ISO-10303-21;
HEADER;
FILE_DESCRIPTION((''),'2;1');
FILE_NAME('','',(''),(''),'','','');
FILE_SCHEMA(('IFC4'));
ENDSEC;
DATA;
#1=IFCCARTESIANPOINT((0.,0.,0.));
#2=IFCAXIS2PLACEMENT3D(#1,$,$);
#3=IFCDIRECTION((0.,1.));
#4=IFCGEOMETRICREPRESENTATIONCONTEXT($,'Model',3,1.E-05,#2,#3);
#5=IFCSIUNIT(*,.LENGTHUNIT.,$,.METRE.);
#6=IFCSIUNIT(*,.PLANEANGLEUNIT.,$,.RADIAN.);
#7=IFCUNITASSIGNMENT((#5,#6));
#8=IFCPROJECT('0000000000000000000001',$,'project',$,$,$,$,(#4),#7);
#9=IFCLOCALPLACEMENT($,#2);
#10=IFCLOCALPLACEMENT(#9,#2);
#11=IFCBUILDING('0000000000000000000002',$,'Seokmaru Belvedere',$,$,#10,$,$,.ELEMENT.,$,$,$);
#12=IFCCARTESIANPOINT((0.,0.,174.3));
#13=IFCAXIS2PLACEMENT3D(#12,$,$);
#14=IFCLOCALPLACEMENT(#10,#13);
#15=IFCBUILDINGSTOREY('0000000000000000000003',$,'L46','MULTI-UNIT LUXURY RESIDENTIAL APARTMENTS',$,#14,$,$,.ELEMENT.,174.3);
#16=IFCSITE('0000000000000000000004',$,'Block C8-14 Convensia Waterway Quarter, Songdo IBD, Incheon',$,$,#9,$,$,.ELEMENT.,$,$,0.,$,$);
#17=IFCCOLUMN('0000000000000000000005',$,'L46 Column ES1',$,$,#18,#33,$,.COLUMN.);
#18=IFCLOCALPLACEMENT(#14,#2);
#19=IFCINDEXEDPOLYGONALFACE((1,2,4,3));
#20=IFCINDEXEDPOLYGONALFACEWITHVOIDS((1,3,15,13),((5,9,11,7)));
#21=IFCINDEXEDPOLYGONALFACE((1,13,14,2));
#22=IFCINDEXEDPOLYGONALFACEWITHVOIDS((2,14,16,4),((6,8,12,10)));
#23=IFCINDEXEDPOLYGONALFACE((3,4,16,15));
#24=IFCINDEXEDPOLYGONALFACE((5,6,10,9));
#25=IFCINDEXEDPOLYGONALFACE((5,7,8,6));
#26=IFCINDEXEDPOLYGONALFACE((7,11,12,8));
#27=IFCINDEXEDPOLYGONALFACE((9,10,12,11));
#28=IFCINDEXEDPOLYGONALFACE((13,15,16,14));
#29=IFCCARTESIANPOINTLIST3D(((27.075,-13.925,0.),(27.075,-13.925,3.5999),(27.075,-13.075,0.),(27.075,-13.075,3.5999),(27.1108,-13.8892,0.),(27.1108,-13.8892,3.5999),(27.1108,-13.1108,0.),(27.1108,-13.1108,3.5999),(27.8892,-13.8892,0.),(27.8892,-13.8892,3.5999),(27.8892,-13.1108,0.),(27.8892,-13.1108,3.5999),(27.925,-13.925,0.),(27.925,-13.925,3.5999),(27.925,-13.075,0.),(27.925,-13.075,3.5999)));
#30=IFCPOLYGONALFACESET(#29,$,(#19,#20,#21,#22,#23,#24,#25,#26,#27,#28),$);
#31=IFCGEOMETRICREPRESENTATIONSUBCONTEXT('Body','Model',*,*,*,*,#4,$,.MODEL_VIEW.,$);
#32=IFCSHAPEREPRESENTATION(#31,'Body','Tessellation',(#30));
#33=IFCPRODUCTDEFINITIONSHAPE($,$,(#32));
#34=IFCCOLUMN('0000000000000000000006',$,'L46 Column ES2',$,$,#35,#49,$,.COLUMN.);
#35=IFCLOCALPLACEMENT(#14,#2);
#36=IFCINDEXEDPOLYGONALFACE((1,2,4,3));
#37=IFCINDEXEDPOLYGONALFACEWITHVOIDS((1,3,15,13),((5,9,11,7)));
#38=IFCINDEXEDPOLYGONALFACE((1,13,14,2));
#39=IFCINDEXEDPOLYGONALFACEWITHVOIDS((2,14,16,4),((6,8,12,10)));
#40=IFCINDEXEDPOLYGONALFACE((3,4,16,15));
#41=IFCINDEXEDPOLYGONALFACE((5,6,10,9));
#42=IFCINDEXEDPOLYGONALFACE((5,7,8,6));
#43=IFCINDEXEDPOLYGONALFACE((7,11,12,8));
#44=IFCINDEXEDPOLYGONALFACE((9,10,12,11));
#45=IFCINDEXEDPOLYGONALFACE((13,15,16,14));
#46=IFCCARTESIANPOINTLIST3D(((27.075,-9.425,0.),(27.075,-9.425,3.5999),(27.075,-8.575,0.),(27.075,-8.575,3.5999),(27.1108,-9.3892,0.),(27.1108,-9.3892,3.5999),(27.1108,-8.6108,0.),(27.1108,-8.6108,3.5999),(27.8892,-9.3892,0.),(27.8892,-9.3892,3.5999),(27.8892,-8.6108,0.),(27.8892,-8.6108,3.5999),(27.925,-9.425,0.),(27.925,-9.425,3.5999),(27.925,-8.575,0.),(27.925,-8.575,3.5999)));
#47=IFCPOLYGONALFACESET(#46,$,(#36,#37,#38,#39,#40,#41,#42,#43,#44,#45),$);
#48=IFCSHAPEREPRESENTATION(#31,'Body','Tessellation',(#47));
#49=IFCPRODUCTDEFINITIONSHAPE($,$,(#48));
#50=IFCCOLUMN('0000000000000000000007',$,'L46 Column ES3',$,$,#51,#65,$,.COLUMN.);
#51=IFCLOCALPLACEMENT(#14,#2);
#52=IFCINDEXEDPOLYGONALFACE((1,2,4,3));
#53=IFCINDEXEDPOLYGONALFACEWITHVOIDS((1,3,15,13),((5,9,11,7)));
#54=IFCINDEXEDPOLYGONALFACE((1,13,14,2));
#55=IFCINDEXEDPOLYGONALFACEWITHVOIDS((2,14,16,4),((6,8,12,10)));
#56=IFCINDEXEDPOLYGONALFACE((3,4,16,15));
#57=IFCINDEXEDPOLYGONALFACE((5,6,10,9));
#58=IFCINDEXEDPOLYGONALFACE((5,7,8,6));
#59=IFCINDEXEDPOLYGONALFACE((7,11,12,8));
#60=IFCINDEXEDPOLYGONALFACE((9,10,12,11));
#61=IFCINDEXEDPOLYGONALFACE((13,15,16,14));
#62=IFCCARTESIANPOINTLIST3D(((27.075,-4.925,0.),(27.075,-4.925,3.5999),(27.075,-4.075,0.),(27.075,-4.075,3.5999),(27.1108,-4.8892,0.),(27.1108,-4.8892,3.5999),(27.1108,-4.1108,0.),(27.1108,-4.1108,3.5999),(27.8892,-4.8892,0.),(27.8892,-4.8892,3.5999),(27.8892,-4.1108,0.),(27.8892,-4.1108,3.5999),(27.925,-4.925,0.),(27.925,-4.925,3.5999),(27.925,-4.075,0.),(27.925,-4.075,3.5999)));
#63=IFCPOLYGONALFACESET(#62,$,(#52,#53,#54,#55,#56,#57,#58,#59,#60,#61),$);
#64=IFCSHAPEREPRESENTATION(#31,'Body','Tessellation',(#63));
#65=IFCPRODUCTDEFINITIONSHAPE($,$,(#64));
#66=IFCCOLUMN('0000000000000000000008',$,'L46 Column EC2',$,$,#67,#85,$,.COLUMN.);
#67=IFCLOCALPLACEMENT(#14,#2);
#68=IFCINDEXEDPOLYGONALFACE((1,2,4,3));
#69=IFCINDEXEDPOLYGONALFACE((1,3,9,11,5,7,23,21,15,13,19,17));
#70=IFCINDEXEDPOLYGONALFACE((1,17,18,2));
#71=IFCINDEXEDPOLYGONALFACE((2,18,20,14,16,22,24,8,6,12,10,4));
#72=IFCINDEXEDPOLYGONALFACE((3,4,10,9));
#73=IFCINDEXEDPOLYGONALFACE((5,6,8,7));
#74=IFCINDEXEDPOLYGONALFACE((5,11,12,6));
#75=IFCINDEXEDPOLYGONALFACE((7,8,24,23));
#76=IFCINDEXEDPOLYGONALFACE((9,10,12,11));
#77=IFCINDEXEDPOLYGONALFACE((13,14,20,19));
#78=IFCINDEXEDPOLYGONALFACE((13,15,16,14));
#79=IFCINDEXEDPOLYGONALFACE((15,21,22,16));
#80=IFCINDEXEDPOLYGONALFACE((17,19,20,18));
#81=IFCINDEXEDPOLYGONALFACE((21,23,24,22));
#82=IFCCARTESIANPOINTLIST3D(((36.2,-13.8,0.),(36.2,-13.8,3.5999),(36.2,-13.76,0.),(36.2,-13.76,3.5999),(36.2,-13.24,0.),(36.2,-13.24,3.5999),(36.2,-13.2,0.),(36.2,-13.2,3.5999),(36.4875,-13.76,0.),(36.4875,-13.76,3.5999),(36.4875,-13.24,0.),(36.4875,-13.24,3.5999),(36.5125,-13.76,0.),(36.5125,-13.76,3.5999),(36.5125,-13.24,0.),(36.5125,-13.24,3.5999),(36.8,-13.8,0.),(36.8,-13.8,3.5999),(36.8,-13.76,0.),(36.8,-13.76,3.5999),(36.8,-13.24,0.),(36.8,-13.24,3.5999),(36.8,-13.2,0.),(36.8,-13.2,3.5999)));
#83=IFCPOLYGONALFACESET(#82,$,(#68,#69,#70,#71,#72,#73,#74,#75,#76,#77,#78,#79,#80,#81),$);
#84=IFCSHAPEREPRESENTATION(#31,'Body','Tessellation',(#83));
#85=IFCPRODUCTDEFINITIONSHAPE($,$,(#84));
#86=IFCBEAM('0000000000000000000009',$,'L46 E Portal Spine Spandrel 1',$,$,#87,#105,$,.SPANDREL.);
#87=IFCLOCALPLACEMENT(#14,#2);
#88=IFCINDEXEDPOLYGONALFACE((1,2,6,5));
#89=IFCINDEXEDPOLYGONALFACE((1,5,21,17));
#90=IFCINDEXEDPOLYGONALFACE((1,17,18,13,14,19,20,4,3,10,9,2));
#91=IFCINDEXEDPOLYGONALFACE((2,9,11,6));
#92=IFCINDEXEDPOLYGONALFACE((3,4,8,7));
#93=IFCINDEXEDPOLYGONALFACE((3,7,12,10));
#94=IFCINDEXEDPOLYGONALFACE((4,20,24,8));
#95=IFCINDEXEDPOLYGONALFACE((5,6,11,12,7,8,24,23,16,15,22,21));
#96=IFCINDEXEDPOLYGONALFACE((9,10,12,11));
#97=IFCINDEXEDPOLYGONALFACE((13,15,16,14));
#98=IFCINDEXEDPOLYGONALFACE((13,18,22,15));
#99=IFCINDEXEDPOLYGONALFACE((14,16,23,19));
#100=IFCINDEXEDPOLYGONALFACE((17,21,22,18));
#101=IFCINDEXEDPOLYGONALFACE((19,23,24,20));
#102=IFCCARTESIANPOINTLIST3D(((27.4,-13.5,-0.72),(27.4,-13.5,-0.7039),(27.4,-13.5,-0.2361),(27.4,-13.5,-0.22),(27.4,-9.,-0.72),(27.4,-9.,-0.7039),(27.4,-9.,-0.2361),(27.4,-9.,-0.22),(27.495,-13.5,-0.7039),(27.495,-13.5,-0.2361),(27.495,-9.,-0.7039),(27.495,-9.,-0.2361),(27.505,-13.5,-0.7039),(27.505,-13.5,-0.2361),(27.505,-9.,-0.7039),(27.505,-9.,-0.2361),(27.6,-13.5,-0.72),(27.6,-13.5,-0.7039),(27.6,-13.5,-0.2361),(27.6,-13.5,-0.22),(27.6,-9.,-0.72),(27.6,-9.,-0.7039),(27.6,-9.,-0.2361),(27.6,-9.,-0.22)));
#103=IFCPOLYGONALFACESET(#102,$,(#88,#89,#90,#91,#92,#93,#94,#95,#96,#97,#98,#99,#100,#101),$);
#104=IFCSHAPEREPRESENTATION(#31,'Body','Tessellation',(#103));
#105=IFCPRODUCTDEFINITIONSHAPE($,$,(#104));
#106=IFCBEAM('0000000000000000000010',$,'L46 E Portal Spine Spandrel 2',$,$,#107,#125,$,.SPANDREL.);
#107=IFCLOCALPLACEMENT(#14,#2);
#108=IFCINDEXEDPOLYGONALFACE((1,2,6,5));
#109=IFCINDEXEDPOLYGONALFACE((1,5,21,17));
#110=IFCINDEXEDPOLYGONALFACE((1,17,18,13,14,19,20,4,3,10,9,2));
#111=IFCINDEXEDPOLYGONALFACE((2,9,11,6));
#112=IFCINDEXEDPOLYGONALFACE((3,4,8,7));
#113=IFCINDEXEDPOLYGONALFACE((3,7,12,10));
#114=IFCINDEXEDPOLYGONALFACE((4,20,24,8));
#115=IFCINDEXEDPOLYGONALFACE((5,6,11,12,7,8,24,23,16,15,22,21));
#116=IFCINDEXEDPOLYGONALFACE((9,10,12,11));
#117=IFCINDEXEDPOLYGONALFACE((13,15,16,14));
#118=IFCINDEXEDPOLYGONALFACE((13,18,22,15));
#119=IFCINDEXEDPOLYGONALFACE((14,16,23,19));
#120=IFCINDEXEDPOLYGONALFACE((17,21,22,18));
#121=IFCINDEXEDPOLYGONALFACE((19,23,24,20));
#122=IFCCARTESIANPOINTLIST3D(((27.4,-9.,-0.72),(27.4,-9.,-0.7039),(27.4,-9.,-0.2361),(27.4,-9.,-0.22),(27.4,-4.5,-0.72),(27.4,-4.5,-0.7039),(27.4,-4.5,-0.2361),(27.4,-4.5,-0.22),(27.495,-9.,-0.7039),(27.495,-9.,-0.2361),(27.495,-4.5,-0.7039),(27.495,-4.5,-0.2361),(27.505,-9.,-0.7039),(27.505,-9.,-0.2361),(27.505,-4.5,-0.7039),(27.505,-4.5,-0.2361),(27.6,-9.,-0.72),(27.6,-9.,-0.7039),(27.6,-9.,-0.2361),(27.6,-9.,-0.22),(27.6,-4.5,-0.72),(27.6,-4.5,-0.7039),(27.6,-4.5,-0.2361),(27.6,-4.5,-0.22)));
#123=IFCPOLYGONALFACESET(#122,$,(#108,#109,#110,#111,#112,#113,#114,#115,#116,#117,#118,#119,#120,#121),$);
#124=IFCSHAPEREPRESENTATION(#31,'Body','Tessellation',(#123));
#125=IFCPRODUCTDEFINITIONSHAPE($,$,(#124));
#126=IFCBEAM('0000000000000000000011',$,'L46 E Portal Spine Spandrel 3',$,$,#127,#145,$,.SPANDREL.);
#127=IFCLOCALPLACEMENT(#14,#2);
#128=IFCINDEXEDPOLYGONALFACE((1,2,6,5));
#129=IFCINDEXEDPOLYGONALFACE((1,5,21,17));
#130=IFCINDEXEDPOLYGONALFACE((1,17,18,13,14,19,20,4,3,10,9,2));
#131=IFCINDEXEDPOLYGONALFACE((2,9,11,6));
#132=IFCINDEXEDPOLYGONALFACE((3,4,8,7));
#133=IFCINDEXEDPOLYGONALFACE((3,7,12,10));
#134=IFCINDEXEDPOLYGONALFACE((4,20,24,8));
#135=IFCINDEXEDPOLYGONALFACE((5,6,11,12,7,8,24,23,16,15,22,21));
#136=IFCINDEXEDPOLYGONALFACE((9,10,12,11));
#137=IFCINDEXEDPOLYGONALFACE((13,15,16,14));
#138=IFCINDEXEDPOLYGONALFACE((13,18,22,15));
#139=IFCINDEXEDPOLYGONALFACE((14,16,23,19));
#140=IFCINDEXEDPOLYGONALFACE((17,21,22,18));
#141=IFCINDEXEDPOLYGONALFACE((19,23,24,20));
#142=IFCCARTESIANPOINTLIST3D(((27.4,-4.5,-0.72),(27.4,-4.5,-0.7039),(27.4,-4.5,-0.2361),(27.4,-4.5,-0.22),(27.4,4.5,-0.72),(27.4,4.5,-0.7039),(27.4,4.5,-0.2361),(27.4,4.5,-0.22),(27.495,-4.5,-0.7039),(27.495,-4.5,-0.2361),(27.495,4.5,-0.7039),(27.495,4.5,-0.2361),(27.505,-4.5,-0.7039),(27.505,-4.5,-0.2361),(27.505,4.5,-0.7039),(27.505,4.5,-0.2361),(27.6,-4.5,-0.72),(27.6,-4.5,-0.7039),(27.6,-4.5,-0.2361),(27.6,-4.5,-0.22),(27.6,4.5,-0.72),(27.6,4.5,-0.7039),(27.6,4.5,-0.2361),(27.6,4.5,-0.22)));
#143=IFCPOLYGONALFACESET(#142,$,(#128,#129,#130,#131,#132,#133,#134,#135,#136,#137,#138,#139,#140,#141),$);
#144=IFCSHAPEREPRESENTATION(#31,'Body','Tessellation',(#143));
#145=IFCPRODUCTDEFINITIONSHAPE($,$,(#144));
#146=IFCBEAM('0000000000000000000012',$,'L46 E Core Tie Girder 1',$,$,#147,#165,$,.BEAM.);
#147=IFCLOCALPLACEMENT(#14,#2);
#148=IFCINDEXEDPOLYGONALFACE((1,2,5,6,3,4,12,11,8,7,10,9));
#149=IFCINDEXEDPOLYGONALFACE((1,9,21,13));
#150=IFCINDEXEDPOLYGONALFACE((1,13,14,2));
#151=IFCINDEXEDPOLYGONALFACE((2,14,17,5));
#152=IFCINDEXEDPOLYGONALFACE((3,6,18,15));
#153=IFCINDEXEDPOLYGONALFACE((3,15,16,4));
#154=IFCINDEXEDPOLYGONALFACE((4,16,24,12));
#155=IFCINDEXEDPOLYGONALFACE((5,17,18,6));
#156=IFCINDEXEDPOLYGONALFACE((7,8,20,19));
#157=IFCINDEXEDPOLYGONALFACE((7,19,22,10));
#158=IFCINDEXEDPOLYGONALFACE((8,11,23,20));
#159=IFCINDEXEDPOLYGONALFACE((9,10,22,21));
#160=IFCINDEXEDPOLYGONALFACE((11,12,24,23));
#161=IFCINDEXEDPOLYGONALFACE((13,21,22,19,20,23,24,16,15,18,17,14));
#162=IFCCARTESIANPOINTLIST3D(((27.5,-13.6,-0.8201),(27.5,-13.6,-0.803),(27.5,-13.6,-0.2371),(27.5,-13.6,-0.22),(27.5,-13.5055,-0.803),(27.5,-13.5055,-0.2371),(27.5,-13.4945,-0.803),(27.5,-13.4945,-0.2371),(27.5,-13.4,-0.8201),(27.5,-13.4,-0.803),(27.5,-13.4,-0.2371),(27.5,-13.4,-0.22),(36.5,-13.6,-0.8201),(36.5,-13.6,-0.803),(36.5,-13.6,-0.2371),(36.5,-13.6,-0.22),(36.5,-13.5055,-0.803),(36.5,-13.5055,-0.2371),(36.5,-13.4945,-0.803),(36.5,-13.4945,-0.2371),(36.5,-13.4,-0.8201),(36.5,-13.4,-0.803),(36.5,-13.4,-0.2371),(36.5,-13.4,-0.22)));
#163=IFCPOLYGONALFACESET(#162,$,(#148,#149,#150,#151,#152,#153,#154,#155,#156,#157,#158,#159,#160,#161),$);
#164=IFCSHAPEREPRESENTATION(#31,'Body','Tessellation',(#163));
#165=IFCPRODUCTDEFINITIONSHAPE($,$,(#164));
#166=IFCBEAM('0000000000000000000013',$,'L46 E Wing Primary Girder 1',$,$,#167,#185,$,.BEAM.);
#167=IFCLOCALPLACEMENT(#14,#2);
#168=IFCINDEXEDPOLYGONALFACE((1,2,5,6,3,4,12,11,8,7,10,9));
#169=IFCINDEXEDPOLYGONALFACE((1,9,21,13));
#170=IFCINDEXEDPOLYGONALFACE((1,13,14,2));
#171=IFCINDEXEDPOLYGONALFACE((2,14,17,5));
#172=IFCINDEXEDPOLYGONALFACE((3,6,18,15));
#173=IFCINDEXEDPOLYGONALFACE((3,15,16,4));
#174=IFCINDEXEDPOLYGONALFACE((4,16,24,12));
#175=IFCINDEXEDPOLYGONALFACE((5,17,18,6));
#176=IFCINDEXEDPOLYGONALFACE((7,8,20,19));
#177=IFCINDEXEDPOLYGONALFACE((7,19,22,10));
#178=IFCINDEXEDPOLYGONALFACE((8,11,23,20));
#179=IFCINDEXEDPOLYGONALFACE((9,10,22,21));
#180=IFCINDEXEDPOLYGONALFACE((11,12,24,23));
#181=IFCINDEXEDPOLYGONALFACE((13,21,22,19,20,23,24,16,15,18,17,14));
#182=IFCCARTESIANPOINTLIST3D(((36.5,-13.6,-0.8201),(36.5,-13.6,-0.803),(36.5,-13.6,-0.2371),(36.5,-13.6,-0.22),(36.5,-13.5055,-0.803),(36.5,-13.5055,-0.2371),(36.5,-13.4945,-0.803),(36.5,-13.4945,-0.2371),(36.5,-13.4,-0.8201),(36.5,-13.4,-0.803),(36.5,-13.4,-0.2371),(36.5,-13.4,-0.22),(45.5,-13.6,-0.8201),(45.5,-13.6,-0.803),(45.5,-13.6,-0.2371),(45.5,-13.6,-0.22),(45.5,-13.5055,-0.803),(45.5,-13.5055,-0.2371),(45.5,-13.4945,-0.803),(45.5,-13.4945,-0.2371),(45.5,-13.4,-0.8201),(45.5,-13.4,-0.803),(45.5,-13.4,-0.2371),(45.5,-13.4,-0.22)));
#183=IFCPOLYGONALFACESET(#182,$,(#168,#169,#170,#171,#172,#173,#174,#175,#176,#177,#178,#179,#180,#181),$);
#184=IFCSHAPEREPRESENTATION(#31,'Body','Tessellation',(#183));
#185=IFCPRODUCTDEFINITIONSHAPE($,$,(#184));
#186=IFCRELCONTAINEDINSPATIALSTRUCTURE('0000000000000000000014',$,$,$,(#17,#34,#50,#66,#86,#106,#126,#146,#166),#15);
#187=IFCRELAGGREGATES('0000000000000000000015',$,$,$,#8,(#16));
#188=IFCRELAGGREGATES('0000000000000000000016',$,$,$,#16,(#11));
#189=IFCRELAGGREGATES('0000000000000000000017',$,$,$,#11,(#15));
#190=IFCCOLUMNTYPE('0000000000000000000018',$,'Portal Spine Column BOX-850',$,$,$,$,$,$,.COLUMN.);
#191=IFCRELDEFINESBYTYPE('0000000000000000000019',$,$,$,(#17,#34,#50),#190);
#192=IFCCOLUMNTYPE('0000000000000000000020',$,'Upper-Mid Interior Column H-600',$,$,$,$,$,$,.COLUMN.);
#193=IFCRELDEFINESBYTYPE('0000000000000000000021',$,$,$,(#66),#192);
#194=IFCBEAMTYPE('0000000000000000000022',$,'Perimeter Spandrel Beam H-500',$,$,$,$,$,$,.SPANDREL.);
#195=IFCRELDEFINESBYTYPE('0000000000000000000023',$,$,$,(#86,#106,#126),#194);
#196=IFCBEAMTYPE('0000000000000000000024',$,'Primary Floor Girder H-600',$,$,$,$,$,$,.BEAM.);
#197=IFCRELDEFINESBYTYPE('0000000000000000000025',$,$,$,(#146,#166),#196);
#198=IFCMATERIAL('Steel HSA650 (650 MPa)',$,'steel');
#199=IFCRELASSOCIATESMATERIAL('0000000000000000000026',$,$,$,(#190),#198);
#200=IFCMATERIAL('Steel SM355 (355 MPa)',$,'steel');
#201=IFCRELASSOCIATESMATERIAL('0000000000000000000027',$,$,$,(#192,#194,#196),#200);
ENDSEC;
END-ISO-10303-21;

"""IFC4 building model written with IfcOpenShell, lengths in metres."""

from ifc_helpers import new_model, si_unit, direction, frame, origin, origin_2d, place, context, subcontext, project, spatial, hollow_rectangle, i_section, extrude, source, transform, mapped, material, material_profile, profile_set, type_object, type_shapes, element, save


model = new_model("IFC4")

# Units and contexts
model_context = context("Model", 3, precision=1e-05, world=origin(), true_north=direction((0.0, 1.0)))
body_context = subcontext(model_context, "Body", "Model", "MODEL_VIEW")
ifc_project = project(units=[si_unit("LENGTHUNIT", "METRE"), si_unit("PLANEANGLEUNIT", "RADIAN")], contexts=[model_context])

# Site, building, storey
site_placement = place(None, origin())
site = spatial("IfcSite", under=ifc_project, at=site_placement, Name="Block C8-14 Convensia Waterway Quarter, Songdo IBD, Incheon", CompositionType="ELEMENT", RefElevation=0.0)
building_placement = place(site_placement, origin())
building = spatial("IfcBuilding", under=site, at=building_placement, Name="Seokmaru Belvedere", CompositionType="ELEMENT")
storey_placement = place(building_placement, frame((0.0, 0.0, 174.3)))
storey = spatial("IfcBuildingStorey", under=building, at=storey_placement, Name="L46", Description="MULTI-UNIT LUXURY RESIDENTIAL APARTMENTS", CompositionType="ELEMENT", Elevation=174.3)

# Columns
ifc_material_1 = material(Name="Steel HSA650 (650 MPa)", Category="steel")
ifc_material_profile_1 = material_profile(ifc_material_1, hollow_rectangle(XDim=0.8501, YDim=0.8501, WallThickness=0.0359, at=origin_2d()), Name="BOX-850x850x36")
ifc_profile_set_1 = profile_set([ifc_material_profile_1], Name="Steel HSA650 (650 MPa)")
column_type_1 = type_object("IfcColumnType", Name="Portal Spine Column BOX-850", PredefinedType="COLUMN", material=ifc_profile_set_1)
shared_shape_1 = source(origin(), body_context, "Body", "SweptSolid", [
    extrude(hollow_rectangle(XDim=0.8501, YDim=0.8501, WallThickness=0.0359, at=origin_2d()), origin(), (0.0, 0.0, 1.0), 3.5999),
])
type_shapes(column_type_1, [shared_shape_1])
for number, where, z_axis, x_axis, name in (
    (1, (27.5, -13.5, 0.0), (0.0, 0.0, 1.0), (1.0, 0.0, 0.0), "L46 Column ES1"),
    (2, (27.5, -9.0, 0.0), (0.0, 0.0, 1.0), (1.0, 0.0, 0.0), "L46 Column ES2"),
    (3, (27.5, -4.5, 0.0), (0.0, 0.0, 1.0), (1.0, 0.0, 0.0), "L46 Column ES3"),
):
    element("IfcColumn", number, at=place(storey_placement, frame(where, z_axis=z_axis, x_axis=x_axis)), inside=storey, type_object=column_type_1, Name=name, PredefinedType="COLUMN", context=body_context, shape_type="MappedRepresentation", body=[
        mapped(shared_shape_1, transform((0.0, 0.0, 0.0), scale=1.0)),
    ])
ifc_material_2 = material(Name="Steel SM355 (355 MPa)", Category="steel")
ifc_material_profile_2 = material_profile(ifc_material_2, i_section(OverallWidth=0.6001, OverallDepth=0.6001, WebThickness=0.0249, FlangeThickness=0.04, at=origin_2d()), Name="H-600x600x25x40")
ifc_profile_set_2 = profile_set([ifc_material_profile_2], Name="Steel SM355 (355 MPa)")
column_type_2 = type_object("IfcColumnType", Name="Upper-Mid Interior Column H-600", PredefinedType="COLUMN", material=ifc_profile_set_2)
shared_shape_2 = source(origin(), body_context, "Body", "SweptSolid", [
    extrude(i_section(OverallWidth=0.6001, OverallDepth=0.6001, WebThickness=0.0249, FlangeThickness=0.04, at=origin_2d()), origin(), (0.0, 0.0, 1.0), 3.5999),
])
type_shapes(column_type_2, [shared_shape_2])
column_placement = place(storey_placement, frame((36.5, -13.5, 0.0), z_axis=(0.0, 0.0, 1.0), x_axis=(1.0, 0.0, 0.0)))
element("IfcColumn", 4, at=column_placement, inside=storey, type_object=column_type_2, Name="L46 Column EC2", PredefinedType="COLUMN", context=body_context, shape_type="MappedRepresentation", body=[
    mapped(shared_shape_2, transform((0.0, 0.0, 0.0), scale=1.0)),
])

# Beams
ifc_material_profile_3 = material_profile(ifc_material_2, i_section(OverallWidth=0.2, OverallDepth=0.5, WebThickness=0.01, FlangeThickness=0.0161, at=origin_2d()), Name="H-500x200x10x16")
ifc_profile_set_3 = profile_set([ifc_material_profile_3], Name="Steel SM355 (355 MPa)")
beam_type_1 = type_object("IfcBeamType", Name="Perimeter Spandrel Beam H-500", PredefinedType="SPANDREL", material=ifc_profile_set_3)
shared_shape_3 = source(origin(), body_context, "Body", "SweptSolid", [
    extrude(i_section(OverallWidth=0.2, OverallDepth=0.5, WebThickness=0.01, FlangeThickness=0.0161, at=origin_2d()), origin(), (0.0, 0.0, 1.0), 4.5),
])
for number, where, z_axis, x_axis, name in (
    (5, (27.5, -13.5, -0.47), (0.0, 1.0, 0.0), (-1.0, 0.0, 0.0), "L46 E Portal Spine Spandrel 1"),
    (6, (27.5, -9.0, -0.47), (0.0, 1.0, 0.0), (-1.0, 0.0, 0.0), "L46 E Portal Spine Spandrel 2"),
):
    element("IfcBeam", number, at=place(storey_placement, frame(where, z_axis=z_axis, x_axis=x_axis)), inside=storey, type_object=beam_type_1, Name=name, PredefinedType="SPANDREL", context=body_context, shape_type="MappedRepresentation", body=[
        mapped(shared_shape_3, transform((0.0, 0.0, 0.0), scale=1.0)),
    ])
shared_shape_4 = source(origin(), body_context, "Body", "SweptSolid", [
    extrude(i_section(OverallWidth=0.2, OverallDepth=0.5, WebThickness=0.01, FlangeThickness=0.0161, at=origin_2d()), origin(), (0.0, 0.0, 1.0), 9.0),
])
type_shapes(beam_type_1, [shared_shape_3, shared_shape_4])
beam_1_placement = place(storey_placement, frame((27.5, -4.5, -0.47), z_axis=(0.0, 1.0, 0.0), x_axis=(-1.0, 0.0, 0.0)))
element("IfcBeam", 7, at=beam_1_placement, inside=storey, type_object=beam_type_1, Name="L46 E Portal Spine Spandrel 3", PredefinedType="SPANDREL", context=body_context, shape_type="MappedRepresentation", body=[
    mapped(shared_shape_4, transform((0.0, 0.0, 0.0), scale=1.0)),
])
ifc_material_profile_4 = material_profile(ifc_material_2, i_section(OverallWidth=0.2, OverallDepth=0.6001, WebThickness=0.011, FlangeThickness=0.0171, at=origin_2d()), Name="H-600x200x11x17")
ifc_profile_set_4 = profile_set([ifc_material_profile_4], Name="Steel SM355 (355 MPa)")
beam_type_2 = type_object("IfcBeamType", Name="Primary Floor Girder H-600", PredefinedType="BEAM", material=ifc_profile_set_4)
shared_shape_5 = source(origin(), body_context, "Body", "SweptSolid", [
    extrude(i_section(OverallWidth=0.2, OverallDepth=0.6001, WebThickness=0.011, FlangeThickness=0.0171, at=origin_2d()), origin(), (0.0, 0.0, 1.0), 9.0),
])
type_shapes(beam_type_2, [shared_shape_5])
for number, where, z_axis, x_axis, name in (
    (8, (27.5, -13.5, -0.52), (1.0, 0.0, 0.0), (0.0, 1.0, 0.0), "L46 E Core Tie Girder 1"),
    (9, (36.5, -13.5, -0.52), (1.0, 0.0, 0.0), (0.0, 1.0, 0.0), "L46 E Wing Primary Girder 1"),
):
    element("IfcBeam", number, at=place(storey_placement, frame(where, z_axis=z_axis, x_axis=x_axis)), inside=storey, type_object=beam_type_2, Name=name, PredefinedType="BEAM", context=body_context, shape_type="MappedRepresentation", body=[
        mapped(shared_shape_5, transform((0.0, 0.0, 0.0), scale=1.0)),
    ])

save(model, "model.ifc")
